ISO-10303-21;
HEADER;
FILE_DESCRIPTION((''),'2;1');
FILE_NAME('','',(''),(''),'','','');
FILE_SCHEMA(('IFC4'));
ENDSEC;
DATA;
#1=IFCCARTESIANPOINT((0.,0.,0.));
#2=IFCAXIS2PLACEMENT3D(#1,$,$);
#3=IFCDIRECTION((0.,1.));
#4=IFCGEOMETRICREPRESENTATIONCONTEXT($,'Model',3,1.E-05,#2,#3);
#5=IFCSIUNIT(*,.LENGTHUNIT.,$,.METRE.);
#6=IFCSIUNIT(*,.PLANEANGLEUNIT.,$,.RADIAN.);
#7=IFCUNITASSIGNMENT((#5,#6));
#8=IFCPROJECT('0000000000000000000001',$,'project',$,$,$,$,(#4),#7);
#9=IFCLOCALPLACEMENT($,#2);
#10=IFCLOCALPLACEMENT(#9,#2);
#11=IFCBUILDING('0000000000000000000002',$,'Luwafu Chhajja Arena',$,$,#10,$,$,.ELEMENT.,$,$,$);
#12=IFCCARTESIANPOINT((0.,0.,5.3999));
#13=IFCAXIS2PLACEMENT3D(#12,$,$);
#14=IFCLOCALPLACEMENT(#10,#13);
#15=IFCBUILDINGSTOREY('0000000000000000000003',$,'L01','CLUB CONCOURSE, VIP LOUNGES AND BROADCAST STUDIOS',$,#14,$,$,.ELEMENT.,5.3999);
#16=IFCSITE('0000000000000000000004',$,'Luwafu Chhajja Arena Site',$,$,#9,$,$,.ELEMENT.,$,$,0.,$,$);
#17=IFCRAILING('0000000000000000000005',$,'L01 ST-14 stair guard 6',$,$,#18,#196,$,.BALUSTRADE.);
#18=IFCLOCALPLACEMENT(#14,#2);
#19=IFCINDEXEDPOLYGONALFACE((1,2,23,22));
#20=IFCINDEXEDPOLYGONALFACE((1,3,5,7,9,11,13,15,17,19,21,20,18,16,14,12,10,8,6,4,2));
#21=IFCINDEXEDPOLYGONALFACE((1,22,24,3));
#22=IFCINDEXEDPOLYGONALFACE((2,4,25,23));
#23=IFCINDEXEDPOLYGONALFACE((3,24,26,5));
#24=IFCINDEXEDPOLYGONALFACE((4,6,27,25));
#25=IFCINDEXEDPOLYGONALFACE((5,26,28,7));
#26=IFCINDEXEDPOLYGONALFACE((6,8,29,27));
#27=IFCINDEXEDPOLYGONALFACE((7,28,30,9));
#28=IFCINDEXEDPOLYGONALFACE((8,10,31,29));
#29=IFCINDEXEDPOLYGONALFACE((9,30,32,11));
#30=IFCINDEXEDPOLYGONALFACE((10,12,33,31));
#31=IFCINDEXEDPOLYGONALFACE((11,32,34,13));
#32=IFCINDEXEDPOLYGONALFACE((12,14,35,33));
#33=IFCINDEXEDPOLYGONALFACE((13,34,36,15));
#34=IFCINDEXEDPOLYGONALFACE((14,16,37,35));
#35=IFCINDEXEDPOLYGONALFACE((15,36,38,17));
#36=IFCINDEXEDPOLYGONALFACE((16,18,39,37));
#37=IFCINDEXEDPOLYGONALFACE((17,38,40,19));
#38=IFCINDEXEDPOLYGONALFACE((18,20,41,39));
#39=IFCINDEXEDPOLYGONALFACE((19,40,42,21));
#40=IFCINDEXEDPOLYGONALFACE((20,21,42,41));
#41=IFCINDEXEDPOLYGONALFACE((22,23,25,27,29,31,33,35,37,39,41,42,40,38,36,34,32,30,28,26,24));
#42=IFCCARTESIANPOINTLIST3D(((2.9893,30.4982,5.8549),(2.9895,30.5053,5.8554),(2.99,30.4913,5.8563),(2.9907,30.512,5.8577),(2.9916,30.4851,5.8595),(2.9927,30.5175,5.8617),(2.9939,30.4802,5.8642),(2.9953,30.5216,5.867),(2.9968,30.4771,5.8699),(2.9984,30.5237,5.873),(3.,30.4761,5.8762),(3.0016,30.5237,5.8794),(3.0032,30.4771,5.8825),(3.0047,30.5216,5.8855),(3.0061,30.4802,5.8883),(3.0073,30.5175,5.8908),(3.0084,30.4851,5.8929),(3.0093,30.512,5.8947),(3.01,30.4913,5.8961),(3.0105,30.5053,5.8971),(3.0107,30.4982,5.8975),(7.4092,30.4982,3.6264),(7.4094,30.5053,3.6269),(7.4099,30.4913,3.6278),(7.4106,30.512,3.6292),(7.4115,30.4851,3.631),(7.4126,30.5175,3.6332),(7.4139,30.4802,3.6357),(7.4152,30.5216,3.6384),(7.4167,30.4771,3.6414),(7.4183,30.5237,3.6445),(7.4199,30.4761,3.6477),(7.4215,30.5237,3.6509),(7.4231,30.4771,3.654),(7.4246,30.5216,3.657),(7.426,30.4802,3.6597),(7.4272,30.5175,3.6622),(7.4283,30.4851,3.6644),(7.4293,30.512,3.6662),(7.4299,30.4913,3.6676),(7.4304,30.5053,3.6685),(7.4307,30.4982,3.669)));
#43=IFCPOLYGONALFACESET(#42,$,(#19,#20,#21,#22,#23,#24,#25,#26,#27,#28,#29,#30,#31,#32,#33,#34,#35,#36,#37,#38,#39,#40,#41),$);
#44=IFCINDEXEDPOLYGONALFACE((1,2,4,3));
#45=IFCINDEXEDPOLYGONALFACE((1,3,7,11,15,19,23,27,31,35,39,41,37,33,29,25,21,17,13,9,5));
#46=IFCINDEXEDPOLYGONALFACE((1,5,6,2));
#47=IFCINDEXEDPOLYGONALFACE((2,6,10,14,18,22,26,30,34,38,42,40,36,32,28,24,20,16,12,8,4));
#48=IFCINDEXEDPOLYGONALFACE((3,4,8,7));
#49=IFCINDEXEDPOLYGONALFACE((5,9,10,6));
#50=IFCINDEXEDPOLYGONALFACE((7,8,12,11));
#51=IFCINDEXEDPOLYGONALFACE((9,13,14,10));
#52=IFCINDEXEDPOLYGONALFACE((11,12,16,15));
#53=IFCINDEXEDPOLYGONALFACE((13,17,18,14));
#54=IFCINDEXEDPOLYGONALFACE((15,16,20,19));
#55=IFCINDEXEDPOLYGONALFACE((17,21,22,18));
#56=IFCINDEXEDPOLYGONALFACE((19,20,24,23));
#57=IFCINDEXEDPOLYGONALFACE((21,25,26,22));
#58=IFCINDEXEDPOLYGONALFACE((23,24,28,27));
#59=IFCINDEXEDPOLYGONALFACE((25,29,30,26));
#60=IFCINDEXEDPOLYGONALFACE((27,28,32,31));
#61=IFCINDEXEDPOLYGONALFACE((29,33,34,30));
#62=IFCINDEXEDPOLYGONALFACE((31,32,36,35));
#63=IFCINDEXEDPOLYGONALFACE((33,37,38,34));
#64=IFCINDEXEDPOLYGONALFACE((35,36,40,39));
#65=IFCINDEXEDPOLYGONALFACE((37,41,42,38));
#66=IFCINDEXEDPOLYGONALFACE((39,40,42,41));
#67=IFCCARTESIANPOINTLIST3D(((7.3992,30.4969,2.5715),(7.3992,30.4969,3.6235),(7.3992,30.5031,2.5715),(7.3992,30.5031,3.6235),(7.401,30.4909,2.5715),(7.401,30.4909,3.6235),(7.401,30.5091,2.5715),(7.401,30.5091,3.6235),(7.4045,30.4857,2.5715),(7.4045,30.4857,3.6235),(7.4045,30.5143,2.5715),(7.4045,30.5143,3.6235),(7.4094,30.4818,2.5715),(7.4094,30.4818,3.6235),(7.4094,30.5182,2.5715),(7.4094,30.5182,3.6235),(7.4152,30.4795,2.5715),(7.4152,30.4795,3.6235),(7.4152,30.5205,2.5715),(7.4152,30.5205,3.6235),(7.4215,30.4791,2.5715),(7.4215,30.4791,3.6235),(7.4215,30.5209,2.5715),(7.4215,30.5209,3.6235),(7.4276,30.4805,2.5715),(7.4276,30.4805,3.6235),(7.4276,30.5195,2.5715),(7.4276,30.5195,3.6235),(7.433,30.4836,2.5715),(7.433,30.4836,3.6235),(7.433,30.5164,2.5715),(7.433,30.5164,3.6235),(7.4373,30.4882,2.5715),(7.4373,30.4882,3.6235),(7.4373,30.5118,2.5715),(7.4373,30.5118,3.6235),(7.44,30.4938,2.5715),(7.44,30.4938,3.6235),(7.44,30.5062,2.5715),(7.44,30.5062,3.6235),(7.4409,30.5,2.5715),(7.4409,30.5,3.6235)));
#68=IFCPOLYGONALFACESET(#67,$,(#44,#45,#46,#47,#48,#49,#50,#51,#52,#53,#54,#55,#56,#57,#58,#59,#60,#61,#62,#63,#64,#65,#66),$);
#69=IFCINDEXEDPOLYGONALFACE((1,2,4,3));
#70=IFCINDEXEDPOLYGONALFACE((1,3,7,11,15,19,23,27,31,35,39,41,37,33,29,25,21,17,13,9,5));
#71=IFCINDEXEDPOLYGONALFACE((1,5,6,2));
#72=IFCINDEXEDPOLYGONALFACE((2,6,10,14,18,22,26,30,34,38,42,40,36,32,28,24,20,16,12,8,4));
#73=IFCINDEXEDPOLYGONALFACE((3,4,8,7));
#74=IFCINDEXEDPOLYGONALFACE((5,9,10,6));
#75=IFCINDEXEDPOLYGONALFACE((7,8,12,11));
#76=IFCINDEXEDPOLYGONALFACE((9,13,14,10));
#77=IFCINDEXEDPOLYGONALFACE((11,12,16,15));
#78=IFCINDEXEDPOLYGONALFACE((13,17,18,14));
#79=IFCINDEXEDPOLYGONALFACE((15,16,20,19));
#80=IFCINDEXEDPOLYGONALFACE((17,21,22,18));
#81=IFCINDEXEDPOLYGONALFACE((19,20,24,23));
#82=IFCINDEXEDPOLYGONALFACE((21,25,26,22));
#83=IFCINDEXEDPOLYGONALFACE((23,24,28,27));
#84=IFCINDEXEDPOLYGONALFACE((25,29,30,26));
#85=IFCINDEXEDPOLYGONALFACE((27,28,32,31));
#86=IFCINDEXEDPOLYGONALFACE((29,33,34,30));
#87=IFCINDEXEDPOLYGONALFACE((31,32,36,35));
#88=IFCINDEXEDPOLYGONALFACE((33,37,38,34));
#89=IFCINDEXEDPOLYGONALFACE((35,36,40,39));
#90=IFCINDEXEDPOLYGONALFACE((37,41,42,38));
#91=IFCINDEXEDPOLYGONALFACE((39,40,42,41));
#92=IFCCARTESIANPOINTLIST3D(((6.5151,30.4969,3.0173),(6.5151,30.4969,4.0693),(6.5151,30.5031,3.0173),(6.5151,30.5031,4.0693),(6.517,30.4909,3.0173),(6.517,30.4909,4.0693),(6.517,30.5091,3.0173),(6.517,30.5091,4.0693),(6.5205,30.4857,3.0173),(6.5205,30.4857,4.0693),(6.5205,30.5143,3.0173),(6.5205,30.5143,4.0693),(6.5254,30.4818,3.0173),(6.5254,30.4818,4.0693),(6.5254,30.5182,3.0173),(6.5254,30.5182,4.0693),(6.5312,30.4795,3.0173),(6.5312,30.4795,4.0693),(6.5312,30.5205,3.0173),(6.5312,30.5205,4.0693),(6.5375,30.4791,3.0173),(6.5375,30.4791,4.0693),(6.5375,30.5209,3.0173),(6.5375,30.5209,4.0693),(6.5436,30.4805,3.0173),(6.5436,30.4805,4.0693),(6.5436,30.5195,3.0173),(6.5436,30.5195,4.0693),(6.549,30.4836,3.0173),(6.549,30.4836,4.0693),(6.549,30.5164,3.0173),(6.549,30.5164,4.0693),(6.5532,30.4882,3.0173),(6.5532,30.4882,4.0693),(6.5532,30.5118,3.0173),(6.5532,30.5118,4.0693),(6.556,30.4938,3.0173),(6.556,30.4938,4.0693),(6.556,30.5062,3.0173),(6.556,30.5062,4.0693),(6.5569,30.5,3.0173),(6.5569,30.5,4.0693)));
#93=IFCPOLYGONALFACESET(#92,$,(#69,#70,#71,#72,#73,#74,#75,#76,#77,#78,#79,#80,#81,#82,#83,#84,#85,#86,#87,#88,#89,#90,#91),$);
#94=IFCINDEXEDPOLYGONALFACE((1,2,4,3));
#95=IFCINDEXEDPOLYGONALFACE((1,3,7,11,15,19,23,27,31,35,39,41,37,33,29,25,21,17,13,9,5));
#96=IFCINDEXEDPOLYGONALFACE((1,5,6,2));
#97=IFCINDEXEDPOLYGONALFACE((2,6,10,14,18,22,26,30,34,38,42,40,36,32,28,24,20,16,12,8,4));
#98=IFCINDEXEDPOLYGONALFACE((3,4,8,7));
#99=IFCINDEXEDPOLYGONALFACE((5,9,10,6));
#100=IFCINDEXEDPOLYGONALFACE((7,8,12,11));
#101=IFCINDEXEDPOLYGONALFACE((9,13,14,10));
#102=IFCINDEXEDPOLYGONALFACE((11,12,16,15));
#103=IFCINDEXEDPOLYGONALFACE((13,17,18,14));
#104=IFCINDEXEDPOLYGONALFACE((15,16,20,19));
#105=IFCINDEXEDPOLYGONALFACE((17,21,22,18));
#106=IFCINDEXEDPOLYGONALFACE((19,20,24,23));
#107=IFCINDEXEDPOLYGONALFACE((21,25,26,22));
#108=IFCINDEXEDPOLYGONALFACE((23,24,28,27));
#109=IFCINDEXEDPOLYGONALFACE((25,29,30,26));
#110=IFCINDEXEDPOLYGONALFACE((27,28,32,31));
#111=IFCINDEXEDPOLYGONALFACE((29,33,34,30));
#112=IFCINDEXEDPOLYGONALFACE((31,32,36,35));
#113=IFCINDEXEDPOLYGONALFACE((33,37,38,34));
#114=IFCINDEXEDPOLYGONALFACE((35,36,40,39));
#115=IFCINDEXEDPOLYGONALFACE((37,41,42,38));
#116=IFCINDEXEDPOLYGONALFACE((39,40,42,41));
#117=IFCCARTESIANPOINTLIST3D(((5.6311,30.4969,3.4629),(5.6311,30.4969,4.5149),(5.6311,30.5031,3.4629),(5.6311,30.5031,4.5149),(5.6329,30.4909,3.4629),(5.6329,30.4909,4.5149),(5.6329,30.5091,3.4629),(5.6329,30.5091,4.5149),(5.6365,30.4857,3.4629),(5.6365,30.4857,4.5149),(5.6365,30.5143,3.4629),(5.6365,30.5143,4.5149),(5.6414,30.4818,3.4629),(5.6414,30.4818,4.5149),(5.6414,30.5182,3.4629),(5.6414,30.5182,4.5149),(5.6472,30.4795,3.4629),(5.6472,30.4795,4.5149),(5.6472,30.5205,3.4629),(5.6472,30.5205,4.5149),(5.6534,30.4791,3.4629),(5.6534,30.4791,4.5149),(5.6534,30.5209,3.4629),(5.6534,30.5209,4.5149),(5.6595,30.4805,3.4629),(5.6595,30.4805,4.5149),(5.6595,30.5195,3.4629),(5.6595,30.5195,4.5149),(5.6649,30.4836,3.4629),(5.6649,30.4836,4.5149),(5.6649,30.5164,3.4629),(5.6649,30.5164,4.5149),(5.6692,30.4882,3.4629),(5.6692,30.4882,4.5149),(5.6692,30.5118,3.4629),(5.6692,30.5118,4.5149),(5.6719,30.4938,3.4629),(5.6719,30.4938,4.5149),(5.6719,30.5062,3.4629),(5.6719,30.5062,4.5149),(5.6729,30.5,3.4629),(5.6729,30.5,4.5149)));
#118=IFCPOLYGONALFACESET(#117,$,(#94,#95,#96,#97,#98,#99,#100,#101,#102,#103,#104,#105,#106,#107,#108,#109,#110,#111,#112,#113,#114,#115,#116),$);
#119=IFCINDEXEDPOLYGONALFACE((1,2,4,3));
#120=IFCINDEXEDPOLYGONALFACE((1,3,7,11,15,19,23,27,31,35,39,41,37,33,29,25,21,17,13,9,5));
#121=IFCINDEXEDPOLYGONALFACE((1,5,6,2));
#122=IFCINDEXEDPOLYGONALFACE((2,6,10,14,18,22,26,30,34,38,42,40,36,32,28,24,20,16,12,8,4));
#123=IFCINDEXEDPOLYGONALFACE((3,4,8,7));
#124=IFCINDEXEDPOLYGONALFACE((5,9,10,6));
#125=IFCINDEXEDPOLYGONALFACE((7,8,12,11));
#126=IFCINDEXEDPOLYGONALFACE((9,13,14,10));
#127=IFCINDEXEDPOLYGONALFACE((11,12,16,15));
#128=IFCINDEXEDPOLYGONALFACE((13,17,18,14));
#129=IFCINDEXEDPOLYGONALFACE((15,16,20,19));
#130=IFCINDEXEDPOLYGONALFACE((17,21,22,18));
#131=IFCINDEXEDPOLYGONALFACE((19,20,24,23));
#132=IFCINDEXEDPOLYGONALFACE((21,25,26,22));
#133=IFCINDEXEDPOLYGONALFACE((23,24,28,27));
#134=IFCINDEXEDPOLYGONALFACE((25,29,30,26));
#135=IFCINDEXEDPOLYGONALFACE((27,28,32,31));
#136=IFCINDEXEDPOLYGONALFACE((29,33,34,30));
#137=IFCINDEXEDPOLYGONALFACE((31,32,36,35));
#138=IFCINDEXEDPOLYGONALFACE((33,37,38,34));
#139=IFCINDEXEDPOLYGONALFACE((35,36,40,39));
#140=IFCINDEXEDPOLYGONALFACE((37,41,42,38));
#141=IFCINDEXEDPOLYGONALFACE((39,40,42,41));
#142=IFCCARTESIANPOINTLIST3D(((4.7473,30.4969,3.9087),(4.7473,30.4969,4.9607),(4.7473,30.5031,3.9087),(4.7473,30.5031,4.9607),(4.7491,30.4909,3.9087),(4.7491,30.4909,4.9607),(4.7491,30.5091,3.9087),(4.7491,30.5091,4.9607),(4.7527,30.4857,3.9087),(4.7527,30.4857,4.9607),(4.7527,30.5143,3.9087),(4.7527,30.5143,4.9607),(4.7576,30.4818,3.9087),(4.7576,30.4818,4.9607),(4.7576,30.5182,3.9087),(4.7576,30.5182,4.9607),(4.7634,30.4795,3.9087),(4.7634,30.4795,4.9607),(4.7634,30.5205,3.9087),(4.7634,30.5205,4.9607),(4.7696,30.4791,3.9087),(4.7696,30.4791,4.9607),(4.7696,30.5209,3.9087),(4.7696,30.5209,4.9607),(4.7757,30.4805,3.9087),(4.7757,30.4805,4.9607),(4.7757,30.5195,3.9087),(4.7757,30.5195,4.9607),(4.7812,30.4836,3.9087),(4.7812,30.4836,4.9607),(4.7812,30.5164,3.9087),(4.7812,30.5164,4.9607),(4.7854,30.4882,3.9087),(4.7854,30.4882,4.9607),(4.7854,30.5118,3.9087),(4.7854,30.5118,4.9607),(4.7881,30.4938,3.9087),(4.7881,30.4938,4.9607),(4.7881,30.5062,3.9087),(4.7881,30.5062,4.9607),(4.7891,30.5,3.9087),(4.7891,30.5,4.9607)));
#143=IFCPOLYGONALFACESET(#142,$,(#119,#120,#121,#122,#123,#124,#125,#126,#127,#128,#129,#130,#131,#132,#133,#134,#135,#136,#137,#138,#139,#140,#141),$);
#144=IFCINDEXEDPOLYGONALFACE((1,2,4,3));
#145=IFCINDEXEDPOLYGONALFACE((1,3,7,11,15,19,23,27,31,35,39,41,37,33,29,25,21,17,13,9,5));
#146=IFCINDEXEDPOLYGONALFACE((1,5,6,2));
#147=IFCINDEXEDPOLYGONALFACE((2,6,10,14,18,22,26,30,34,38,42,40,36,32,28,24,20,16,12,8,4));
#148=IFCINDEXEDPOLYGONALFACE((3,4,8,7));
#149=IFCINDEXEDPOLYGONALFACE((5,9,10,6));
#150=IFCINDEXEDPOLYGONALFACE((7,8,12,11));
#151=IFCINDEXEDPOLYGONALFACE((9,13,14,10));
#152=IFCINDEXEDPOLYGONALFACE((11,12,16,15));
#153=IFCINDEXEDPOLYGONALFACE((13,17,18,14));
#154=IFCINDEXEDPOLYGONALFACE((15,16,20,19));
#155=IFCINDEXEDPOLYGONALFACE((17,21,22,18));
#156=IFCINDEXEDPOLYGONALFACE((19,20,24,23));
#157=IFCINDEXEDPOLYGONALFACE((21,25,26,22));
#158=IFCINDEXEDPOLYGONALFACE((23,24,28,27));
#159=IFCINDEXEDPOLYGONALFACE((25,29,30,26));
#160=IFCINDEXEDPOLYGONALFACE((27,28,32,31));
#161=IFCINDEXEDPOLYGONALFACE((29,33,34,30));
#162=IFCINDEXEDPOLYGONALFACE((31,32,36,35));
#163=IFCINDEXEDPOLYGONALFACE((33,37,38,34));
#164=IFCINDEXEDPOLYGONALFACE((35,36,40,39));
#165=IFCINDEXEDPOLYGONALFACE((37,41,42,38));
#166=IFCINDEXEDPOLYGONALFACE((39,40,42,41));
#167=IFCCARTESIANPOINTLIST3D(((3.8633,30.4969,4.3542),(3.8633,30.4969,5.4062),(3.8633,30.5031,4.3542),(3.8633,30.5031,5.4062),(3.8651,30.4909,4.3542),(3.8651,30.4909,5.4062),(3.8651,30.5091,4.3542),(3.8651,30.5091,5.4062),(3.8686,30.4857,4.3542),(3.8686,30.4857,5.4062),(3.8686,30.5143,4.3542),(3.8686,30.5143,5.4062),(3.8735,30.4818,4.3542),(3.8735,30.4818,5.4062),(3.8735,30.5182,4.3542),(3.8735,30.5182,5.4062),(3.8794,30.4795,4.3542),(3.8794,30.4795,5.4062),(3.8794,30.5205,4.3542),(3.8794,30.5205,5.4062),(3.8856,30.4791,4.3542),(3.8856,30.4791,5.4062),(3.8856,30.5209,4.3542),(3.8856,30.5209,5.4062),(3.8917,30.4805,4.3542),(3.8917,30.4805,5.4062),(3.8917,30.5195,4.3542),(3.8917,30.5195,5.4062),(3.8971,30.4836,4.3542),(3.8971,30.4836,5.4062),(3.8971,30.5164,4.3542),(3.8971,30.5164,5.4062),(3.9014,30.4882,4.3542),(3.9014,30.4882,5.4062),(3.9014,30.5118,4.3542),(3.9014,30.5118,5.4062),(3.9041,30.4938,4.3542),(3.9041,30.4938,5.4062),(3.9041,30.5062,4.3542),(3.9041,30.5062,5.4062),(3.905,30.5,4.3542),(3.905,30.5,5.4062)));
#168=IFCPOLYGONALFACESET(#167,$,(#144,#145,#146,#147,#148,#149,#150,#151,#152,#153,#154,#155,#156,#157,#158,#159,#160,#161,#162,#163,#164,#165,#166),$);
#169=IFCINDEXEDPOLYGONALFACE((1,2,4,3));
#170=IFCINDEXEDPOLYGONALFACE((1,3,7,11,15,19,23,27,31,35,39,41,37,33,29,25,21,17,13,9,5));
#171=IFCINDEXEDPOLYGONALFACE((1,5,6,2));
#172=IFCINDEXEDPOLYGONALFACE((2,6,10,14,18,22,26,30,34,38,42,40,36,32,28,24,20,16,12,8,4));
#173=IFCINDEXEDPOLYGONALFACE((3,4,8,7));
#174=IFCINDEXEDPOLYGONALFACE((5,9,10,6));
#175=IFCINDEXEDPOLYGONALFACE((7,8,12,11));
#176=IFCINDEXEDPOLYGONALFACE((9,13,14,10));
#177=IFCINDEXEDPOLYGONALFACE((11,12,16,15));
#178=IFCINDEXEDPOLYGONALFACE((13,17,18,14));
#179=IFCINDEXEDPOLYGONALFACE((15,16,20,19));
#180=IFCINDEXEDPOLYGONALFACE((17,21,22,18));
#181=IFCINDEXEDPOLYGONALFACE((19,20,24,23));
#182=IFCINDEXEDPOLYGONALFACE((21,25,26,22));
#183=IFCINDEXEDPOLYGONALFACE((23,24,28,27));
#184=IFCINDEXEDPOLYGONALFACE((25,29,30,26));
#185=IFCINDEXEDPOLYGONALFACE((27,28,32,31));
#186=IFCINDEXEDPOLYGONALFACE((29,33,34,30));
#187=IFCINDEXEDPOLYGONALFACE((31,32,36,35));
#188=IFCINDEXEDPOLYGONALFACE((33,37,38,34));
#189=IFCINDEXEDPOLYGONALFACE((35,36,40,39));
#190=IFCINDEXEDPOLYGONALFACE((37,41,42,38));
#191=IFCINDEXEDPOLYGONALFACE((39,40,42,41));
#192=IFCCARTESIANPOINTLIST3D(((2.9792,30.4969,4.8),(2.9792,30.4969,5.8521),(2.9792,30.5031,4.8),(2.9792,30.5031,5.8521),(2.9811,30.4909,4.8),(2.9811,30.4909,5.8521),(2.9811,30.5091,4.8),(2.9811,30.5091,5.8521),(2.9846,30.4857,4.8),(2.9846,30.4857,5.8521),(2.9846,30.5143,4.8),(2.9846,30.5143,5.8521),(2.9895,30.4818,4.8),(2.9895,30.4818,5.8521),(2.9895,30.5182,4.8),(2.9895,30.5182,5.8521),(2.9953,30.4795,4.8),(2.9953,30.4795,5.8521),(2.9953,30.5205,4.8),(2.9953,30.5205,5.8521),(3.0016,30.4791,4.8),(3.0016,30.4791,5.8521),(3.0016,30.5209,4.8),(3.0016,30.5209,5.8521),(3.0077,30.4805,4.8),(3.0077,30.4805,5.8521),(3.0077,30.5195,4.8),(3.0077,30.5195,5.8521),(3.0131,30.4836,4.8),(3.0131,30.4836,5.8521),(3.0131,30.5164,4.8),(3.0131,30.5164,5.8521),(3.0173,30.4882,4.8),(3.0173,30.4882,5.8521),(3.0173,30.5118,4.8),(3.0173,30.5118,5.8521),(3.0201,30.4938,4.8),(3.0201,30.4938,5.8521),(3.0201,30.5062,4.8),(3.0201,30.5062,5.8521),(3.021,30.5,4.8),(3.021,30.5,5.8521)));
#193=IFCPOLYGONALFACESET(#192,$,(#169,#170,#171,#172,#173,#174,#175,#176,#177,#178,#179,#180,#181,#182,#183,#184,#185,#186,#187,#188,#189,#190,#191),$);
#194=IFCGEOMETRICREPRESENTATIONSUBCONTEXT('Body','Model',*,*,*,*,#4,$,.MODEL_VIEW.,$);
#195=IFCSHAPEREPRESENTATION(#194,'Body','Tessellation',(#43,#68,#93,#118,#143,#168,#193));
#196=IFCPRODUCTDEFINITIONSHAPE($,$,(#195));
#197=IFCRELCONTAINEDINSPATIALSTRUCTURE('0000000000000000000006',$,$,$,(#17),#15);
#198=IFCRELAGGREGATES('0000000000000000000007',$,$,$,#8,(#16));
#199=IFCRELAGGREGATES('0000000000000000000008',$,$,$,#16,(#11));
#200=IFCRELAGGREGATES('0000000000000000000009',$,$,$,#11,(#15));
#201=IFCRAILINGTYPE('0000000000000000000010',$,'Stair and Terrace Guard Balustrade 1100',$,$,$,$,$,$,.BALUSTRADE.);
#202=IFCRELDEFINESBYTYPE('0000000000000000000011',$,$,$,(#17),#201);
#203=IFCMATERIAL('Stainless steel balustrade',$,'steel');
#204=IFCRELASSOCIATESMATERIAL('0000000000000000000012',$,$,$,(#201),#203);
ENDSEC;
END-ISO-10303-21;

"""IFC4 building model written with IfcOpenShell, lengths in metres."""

from ifc_helpers import new_model, si_unit, direction, frame, origin, origin_2d, place, context, subcontext, project, spatial, circle, extrude, material, type_object, element, save


model = new_model("IFC4")

# Units and contexts
model_context = context("Model", 3, precision=1e-05, world=origin(), true_north=direction((0.0, 1.0)))
body_context = subcontext(model_context, "Body", "Model", "MODEL_VIEW")
ifc_project = project(units=[si_unit("LENGTHUNIT", "METRE"), si_unit("PLANEANGLEUNIT", "RADIAN")], contexts=[model_context])

# Site, building, storey
site_placement = place(None, origin())
site = spatial("IfcSite", under=ifc_project, at=site_placement, Name="Luwafu Chhajja Arena Site", CompositionType="ELEMENT", RefElevation=0.0)
building_placement = place(site_placement, origin())
building = spatial("IfcBuilding", under=site, at=building_placement, Name="Luwafu Chhajja Arena", CompositionType="ELEMENT")
storey_placement = place(building_placement, frame((0.0, 0.0, 5.3999)))
storey = spatial("IfcBuildingStorey", under=building, at=storey_placement, Name="L01", Description="CLUB CONCOURSE, VIP LOUNGES AND BROADCAST STUDIOS", CompositionType="ELEMENT", Elevation=5.3999)

# Railing
ifc_material_1 = material(Name="Stainless steel balustrade", Category="steel")
railing_type_1 = type_object("IfcRailingType", Name="Stair and Terrace Guard Balustrade 1100", PredefinedType="BALUSTRADE", material=ifc_material_1)
railing_1_placement = place(storey_placement, frame((7.4199, 30.5, 2.5715)))
element("IfcRailing", 1, at=railing_1_placement, inside=storey, type_object=railing_type_1, Name="L01 ST-14 stair guard 6", PredefinedType="BALUSTRADE", context=body_context, shape_type="SweptSolid", body=[
    extrude(circle(Radius=0.0239, at=origin_2d()), frame((0.0, 0.0, 1.0762), z_axis=(-0.892923, 0.0, 0.45021), x_axis=(0.0, -1.0, 0.0)), (0.0, 0.0, 1.0), 4.95),
    extrude(circle(Radius=0.021, at=origin_2d()), origin(), (0.0, 0.0, 1.0), 1.052),
    extrude(circle(Radius=0.021, at=origin_2d()), frame((-0.884, 0.0, 0.4458)), (0.0, 0.0, 1.0), 1.052),
    extrude(circle(Radius=0.021, at=origin_2d()), frame((-1.7681, 0.0, 0.8914)), (0.0, 0.0, 1.0), 1.052),
    extrude(circle(Radius=0.021, at=origin_2d()), frame((-2.6519, 0.0, 1.3372)), (0.0, 0.0, 1.0), 1.052),
    extrude(circle(Radius=0.021, at=origin_2d()), frame((-3.5359, 0.0, 1.7827)), (0.0, 0.0, 1.0), 1.052),
    extrude(circle(Radius=0.021, at=origin_2d()), frame((-4.4199, 0.0, 2.2285)), (0.0, 0.0, 1.0), 1.052),
])

save(model, "model.ifc")
